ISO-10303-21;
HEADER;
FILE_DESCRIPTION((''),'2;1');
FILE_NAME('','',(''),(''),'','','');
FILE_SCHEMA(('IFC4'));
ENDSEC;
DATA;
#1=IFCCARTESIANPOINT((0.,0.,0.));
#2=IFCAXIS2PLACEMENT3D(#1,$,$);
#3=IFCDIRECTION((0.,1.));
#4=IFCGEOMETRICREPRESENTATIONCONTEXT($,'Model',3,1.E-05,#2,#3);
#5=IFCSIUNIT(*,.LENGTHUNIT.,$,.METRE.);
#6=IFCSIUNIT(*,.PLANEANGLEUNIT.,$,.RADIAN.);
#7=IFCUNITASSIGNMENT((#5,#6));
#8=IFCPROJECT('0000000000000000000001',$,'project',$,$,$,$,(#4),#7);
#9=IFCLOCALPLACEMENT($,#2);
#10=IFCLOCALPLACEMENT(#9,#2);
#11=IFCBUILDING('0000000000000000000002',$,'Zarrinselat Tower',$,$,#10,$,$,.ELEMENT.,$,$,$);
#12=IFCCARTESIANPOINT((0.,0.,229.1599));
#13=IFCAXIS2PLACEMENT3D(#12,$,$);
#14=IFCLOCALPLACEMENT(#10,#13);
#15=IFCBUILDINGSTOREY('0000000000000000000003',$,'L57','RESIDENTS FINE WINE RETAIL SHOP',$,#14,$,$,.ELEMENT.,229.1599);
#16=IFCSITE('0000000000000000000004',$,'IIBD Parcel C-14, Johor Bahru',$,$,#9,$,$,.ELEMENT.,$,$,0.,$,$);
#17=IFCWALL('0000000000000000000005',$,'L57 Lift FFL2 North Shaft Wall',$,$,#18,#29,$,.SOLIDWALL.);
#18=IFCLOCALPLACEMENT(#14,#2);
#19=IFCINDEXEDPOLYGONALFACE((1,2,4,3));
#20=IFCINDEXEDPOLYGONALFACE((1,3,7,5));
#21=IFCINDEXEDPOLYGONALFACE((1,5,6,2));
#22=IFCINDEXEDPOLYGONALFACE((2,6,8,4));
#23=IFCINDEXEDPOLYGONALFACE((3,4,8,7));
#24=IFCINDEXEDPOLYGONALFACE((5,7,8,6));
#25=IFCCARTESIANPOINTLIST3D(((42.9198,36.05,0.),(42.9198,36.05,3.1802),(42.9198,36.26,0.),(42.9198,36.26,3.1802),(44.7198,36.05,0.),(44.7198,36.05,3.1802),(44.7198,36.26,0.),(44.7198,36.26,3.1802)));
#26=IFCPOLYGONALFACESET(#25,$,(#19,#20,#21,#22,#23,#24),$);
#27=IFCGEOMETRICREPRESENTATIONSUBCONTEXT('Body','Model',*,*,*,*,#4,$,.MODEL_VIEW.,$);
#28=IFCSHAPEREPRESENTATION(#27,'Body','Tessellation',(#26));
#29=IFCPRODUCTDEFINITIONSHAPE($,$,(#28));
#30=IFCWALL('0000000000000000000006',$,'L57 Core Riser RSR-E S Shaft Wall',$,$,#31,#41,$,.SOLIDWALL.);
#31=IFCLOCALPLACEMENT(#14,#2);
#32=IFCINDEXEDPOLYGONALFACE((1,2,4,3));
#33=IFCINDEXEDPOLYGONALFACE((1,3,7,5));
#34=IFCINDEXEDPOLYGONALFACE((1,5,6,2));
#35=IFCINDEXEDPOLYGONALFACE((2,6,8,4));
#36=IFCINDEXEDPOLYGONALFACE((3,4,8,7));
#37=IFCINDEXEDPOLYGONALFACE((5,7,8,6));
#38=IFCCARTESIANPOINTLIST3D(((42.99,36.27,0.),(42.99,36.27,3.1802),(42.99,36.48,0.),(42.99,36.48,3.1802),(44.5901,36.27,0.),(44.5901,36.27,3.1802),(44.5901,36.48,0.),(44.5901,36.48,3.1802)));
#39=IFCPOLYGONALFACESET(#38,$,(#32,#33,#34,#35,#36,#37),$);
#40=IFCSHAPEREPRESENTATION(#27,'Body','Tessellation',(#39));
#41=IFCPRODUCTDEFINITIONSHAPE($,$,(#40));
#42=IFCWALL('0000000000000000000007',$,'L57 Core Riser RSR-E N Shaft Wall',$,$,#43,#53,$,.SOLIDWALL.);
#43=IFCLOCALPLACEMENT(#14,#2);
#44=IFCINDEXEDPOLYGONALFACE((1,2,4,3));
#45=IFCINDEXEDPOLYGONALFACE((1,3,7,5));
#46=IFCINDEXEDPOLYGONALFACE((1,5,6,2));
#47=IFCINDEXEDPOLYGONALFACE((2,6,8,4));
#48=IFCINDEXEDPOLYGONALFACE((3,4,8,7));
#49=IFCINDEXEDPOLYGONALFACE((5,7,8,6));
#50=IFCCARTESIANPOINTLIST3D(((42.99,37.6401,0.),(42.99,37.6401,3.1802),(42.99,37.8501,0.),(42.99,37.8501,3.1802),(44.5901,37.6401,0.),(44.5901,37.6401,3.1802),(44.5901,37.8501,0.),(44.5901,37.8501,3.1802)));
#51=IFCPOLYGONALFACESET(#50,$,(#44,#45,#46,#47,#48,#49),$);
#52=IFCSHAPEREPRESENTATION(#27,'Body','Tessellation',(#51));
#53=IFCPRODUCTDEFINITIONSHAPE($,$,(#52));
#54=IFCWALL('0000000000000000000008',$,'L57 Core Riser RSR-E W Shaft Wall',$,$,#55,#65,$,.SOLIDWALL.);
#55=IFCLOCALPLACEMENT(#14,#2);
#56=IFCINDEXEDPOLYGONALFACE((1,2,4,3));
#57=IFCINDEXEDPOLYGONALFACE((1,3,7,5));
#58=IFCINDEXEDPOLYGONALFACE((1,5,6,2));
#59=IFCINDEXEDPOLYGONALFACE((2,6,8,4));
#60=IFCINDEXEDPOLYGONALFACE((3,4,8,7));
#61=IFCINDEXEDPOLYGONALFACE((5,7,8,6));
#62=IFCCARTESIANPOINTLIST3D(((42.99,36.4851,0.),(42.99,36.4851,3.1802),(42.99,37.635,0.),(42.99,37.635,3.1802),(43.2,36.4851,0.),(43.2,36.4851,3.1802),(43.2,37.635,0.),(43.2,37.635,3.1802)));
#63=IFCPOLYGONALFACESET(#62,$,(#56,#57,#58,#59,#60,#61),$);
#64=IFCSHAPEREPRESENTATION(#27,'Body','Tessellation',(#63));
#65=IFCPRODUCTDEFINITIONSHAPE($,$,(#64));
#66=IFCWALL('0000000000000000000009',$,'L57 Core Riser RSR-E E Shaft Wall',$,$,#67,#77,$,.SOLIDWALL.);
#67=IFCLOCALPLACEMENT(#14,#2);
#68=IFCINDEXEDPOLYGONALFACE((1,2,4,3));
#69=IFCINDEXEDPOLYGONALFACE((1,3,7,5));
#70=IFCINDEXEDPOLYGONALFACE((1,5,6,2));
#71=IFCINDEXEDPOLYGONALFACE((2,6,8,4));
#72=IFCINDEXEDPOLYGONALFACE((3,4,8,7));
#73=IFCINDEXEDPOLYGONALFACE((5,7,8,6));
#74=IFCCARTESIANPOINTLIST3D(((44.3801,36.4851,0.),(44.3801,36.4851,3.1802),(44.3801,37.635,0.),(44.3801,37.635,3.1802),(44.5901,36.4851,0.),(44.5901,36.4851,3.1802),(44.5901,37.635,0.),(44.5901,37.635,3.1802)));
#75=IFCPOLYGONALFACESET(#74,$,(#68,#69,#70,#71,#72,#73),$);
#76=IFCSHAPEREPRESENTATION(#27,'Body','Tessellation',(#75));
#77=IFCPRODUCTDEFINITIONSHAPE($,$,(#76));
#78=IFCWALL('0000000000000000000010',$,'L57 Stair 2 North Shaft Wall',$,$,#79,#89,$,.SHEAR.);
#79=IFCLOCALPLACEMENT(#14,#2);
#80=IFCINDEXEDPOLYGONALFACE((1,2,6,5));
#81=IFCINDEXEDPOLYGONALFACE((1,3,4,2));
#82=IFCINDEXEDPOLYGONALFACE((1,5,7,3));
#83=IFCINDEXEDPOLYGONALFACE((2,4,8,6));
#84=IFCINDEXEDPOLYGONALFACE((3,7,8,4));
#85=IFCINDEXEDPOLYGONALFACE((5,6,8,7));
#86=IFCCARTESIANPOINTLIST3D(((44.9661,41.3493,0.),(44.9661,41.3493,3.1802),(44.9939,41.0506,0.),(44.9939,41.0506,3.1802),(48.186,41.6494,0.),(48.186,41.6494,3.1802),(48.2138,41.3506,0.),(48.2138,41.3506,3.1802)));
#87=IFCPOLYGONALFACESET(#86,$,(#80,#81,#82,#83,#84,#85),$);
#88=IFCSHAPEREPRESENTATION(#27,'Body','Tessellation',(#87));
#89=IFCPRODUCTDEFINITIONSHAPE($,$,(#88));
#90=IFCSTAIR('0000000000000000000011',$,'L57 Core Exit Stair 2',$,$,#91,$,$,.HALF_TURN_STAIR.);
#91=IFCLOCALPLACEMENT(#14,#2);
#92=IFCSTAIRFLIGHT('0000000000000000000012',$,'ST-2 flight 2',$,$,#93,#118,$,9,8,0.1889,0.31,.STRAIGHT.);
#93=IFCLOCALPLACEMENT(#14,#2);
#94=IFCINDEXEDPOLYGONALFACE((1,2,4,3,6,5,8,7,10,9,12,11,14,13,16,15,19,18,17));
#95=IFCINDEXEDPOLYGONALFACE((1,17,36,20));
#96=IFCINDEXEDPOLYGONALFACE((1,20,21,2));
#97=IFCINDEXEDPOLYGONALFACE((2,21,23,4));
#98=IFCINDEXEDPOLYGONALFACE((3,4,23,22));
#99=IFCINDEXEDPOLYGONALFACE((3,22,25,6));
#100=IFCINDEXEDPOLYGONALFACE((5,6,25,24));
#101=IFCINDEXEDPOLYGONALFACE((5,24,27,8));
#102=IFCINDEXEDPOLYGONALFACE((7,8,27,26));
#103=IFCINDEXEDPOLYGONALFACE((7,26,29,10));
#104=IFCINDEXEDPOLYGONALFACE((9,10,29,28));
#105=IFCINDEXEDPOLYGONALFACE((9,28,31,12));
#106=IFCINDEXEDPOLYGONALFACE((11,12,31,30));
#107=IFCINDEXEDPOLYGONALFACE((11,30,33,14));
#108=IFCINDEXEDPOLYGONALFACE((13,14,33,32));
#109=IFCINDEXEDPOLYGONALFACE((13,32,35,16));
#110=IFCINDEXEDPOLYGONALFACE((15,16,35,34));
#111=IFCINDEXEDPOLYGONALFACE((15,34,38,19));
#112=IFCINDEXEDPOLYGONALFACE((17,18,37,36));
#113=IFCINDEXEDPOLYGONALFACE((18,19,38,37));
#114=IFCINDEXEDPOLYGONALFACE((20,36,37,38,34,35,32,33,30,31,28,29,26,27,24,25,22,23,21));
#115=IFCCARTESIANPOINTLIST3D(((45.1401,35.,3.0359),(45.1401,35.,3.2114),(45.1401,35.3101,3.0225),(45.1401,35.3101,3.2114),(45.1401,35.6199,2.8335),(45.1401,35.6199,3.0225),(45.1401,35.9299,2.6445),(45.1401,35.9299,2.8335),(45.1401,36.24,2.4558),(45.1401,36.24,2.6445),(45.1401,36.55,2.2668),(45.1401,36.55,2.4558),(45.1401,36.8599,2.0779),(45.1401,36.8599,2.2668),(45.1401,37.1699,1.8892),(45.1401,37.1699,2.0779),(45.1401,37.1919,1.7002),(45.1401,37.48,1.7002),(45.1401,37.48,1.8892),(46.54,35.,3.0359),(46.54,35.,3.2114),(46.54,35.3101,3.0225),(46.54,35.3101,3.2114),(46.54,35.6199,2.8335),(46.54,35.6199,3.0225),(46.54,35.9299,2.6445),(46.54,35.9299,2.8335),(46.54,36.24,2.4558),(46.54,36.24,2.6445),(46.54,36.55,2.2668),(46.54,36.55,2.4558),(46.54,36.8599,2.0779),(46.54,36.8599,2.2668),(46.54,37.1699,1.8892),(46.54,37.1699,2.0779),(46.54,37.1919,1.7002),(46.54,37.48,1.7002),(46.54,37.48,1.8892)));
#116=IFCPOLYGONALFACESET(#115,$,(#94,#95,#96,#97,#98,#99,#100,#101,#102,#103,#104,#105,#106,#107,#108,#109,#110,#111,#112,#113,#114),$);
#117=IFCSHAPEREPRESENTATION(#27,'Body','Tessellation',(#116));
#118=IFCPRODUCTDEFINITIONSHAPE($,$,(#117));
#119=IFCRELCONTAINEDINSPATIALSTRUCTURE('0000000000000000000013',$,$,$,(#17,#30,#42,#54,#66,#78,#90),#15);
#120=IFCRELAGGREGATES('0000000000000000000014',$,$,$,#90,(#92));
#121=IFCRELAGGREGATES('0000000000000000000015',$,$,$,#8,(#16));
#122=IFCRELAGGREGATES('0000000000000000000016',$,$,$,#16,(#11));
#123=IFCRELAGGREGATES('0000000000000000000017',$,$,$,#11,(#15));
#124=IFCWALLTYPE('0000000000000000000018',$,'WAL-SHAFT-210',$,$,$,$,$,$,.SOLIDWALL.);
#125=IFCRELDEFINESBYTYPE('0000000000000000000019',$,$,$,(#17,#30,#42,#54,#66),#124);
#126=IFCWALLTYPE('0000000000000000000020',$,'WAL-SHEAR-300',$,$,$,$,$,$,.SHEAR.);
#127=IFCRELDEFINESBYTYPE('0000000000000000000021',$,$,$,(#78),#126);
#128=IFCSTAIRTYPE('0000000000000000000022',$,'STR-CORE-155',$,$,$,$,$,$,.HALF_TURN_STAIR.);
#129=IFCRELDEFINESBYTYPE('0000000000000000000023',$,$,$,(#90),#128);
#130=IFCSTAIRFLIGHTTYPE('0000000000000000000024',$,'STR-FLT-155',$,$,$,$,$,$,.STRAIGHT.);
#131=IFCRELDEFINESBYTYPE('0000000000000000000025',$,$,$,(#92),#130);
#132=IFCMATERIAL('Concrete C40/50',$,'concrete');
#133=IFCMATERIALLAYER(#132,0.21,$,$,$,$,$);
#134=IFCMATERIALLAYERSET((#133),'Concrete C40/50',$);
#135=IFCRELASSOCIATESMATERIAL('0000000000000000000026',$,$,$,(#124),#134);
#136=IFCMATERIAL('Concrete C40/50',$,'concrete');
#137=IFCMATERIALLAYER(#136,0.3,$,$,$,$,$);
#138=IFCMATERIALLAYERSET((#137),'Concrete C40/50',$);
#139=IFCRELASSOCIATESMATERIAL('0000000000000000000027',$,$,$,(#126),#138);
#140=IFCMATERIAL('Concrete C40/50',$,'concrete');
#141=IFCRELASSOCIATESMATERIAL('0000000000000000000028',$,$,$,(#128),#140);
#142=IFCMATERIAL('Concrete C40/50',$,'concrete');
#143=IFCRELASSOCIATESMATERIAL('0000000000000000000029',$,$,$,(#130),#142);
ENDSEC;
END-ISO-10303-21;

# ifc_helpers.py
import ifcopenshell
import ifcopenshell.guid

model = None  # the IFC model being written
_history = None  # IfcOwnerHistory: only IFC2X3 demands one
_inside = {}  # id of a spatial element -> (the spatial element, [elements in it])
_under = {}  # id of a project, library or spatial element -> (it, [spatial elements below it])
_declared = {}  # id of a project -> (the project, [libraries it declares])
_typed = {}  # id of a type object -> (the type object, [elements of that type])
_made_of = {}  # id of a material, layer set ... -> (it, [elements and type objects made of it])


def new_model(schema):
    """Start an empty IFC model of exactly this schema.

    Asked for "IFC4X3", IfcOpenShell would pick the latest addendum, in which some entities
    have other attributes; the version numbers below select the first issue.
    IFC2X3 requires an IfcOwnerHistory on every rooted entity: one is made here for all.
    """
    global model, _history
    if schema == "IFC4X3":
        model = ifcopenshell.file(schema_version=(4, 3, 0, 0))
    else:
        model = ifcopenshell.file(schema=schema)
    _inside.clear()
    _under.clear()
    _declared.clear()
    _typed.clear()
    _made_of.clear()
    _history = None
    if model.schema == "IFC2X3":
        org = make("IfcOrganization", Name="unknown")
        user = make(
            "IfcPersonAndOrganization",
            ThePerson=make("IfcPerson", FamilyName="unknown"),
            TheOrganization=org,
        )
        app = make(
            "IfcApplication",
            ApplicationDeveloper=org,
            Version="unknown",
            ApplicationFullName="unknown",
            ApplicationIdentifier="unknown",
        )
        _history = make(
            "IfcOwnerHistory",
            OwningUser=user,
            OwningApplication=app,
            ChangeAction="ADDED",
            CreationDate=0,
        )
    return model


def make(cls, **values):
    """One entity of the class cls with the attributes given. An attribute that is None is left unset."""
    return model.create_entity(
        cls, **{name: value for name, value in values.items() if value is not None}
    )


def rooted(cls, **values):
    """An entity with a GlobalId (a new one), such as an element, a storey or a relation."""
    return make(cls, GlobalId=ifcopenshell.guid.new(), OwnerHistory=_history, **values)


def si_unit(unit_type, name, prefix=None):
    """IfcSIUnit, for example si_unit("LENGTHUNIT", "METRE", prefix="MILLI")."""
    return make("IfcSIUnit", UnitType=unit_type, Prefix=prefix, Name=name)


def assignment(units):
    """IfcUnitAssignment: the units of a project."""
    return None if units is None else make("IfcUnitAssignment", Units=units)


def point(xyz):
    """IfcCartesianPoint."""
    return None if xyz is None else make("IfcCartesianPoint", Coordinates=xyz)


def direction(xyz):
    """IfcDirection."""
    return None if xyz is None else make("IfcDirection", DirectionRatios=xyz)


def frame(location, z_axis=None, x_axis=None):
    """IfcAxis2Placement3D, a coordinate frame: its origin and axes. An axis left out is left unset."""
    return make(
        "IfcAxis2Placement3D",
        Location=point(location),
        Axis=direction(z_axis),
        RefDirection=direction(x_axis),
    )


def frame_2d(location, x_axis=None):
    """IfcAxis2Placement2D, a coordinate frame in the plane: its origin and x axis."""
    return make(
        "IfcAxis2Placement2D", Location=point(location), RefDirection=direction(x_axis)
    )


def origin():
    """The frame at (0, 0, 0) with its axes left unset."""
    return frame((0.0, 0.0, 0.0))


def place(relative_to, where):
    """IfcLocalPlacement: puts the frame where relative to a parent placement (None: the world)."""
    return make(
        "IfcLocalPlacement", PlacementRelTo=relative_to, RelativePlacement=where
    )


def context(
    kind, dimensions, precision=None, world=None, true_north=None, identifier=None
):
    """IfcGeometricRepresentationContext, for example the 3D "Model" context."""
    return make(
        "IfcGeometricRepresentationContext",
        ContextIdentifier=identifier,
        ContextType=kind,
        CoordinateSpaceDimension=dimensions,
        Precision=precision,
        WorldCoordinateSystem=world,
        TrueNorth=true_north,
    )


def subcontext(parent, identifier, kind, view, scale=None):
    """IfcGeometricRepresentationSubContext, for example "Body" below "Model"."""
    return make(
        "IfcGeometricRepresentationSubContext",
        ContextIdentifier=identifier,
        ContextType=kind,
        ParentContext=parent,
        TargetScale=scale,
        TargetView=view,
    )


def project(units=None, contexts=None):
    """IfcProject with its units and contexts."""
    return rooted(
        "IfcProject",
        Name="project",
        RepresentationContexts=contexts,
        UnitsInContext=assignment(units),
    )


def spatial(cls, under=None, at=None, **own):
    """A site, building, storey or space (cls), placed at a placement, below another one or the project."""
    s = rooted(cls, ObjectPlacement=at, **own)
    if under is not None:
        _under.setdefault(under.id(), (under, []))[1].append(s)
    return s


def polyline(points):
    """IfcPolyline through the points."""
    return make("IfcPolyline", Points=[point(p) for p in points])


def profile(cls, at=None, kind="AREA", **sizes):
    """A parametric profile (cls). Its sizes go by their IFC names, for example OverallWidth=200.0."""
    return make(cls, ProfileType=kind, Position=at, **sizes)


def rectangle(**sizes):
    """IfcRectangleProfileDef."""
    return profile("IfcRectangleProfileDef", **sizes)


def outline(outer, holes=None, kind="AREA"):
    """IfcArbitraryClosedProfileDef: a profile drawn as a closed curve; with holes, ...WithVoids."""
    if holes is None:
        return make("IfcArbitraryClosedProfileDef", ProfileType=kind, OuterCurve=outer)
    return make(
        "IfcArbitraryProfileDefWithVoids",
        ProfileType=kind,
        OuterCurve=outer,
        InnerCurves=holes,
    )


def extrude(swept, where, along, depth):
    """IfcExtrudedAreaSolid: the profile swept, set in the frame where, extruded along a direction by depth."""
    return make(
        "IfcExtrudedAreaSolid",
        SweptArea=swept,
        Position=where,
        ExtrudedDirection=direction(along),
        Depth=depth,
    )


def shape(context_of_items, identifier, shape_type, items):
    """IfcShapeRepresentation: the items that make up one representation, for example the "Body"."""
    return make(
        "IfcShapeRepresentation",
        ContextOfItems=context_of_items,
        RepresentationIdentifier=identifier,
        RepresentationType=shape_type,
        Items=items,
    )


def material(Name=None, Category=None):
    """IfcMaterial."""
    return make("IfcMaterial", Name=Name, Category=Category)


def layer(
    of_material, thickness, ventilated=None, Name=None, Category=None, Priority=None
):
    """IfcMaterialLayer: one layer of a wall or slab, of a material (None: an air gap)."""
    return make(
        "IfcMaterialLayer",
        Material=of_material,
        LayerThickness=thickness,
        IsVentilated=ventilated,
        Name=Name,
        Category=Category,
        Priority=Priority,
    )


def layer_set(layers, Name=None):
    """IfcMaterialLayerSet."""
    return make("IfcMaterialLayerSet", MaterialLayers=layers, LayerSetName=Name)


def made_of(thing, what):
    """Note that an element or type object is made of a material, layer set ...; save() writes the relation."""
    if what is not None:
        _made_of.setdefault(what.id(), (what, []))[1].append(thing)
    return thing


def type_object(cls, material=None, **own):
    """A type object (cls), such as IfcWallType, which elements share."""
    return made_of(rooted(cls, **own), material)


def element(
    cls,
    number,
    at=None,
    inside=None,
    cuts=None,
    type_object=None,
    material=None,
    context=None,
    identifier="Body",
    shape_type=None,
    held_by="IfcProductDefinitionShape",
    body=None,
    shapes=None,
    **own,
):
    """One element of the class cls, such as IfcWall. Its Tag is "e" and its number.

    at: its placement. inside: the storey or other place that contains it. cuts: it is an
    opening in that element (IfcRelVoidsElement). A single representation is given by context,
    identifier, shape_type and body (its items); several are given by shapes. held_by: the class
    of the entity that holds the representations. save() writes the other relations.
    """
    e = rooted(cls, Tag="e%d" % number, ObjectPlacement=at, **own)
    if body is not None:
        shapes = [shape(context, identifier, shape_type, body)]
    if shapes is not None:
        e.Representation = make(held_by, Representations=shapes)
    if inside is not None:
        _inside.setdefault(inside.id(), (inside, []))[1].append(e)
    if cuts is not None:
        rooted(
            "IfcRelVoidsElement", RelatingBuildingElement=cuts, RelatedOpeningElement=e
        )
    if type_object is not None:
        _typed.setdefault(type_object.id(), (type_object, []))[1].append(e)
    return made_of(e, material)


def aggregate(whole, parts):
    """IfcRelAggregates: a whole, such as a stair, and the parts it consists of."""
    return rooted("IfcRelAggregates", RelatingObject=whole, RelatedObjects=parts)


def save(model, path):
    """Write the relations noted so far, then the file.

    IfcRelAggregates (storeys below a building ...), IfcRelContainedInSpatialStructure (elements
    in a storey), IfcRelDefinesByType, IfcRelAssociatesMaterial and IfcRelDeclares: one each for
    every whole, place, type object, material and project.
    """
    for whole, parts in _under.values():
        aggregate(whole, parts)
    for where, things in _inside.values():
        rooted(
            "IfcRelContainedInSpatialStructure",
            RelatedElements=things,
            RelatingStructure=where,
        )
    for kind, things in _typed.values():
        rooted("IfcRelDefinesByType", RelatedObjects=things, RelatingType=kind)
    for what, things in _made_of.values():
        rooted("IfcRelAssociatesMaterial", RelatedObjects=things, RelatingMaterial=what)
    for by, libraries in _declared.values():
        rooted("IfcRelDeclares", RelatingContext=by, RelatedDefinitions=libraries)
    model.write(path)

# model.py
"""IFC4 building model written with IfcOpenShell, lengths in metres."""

from ifc_helpers import new_model, si_unit, direction, frame, frame_2d, origin, place, context, subcontext, project, spatial, polyline, rectangle, outline, extrude, material, layer, layer_set, type_object, element, aggregate, save


model = new_model("IFC4")

# Units and contexts
model_context = context("Model", 3, precision=1e-05, world=origin(), true_north=direction((0.0, 1.0)))
body_context = subcontext(model_context, "Body", "Model", "MODEL_VIEW")
ifc_project = project(units=[si_unit("LENGTHUNIT", "METRE"), si_unit("PLANEANGLEUNIT", "RADIAN")], contexts=[model_context])

# Site, building, storey
site_placement = place(None, origin())
site = spatial("IfcSite", under=ifc_project, at=site_placement, Name="IIBD Parcel C-14, Johor Bahru", CompositionType="ELEMENT", RefElevation=0.0)
building_placement = place(site_placement, origin())
building = spatial("IfcBuilding", under=site, at=building_placement, Name="Zarrinselat Tower", CompositionType="ELEMENT")
storey_placement = place(building_placement, frame((0.0, 0.0, 229.1599)))
storey = spatial("IfcBuildingStorey", under=building, at=storey_placement, Name="L57", Description="RESIDENTS FINE WINE RETAIL SHOP", CompositionType="ELEMENT", Elevation=229.1599)

# Walls
ifc_material_1 = material(Name="Concrete C40/50", Category="concrete")
ifc_layer_1 = layer(ifc_material_1, 0.21)
ifc_layer_set_1 = layer_set([ifc_layer_1], Name="Concrete C40/50")
wall_type_1 = type_object("IfcWallType", Name="WAL-SHAFT-210", PredefinedType="SOLIDWALL", material=ifc_layer_set_1)
wall_1_placement = place(storey_placement, frame((42.9199, 36.155, 0.0), z_axis=(0.0, 0.0, 1.0), x_axis=(1.0, 0.0, 0.0)))
element("IfcWall", 1, at=wall_1_placement, inside=storey, type_object=wall_type_1, Name="L57 Lift FFL2 North Shaft Wall", PredefinedType="SOLIDWALL", context=body_context, shape_type="SweptSolid", body=[
    extrude(rectangle(XDim=1.8, YDim=0.21, at=frame_2d((0.8999, 0.0))), origin(), (0.0, 0.0, 1.0), 3.1802),
])
for number, where, z_axis, x_axis, name in (
    (2, (42.99, 36.375, 0.0), (0.0, 0.0, 1.0), (1.0, 0.0, 0.0), "L57 Core Riser RSR-E S Shaft Wall"),
    (3, (42.99, 37.7451, 0.0), (0.0, 0.0, 1.0), (1.0, 0.0, 0.0), "L57 Core Riser RSR-E N Shaft Wall"),
):
    element("IfcWall", number, at=place(storey_placement, frame(where, z_axis=z_axis, x_axis=x_axis)), inside=storey, type_object=wall_type_1, Name=name, PredefinedType="SOLIDWALL", context=body_context, shape_type="SweptSolid", body=[
        extrude(rectangle(XDim=1.6001, YDim=0.21, at=frame_2d((0.8, 0.0))), origin(), (0.0, 0.0, 1.0), 3.1802),
    ])
for number, where, z_axis, x_axis, name in (
    (4, (43.095, 36.4851, 0.0), (0.0, 0.0, 1.0), (0.0, 1.0, 0.0), "L57 Core Riser RSR-E W Shaft Wall"),
    (5, (44.4851, 36.4851, 0.0), (0.0, 0.0, 1.0), (0.0, 1.0, 0.0), "L57 Core Riser RSR-E E Shaft Wall"),
):
    element("IfcWall", number, at=place(storey_placement, frame(where, z_axis=z_axis, x_axis=x_axis)), inside=storey, type_object=wall_type_1, Name=name, PredefinedType="SOLIDWALL", context=body_context, shape_type="SweptSolid", body=[
        extrude(rectangle(XDim=1.1499, YDim=0.21, at=frame_2d((0.575, 0.0))), origin(), (0.0, 0.0, 1.0), 3.1802),
    ])
ifc_material_2 = material(Name="Concrete C40/50", Category="concrete")
ifc_layer_2 = layer(ifc_material_2, 0.3)
ifc_layer_set_2 = layer_set([ifc_layer_2], Name="Concrete C40/50")
wall_type_2 = type_object("IfcWallType", Name="WAL-SHEAR-300", PredefinedType="SHEAR", material=ifc_layer_set_2)
wall_2_placement = place(storey_placement, frame((44.98, 41.2, 0.0), z_axis=(0.0, 0.0, 1.0), x_axis=(0.995686, 0.092782, 0.0)))
element("IfcWall", 6, at=wall_2_placement, inside=storey, type_object=wall_type_2, Name="L57 Stair 2 North Shaft Wall", PredefinedType="SHEAR", context=body_context, shape_type="SweptSolid", body=[
    extrude(rectangle(XDim=3.2339, YDim=0.3, at=frame_2d((1.6169, 0.0))), origin(), (0.0, 0.0, 1.0), 3.1802),
])

# Stair, stair flight
ifc_material_3 = material(Name="Concrete C40/50", Category="concrete")
stair_type = type_object("IfcStairType", Name="STR-CORE-155", PredefinedType="HALF_TURN_STAIR", material=ifc_material_3)
stair_placement = place(storey_placement, origin())
stair = element("IfcStair", 7, at=stair_placement, inside=storey, type_object=stair_type, Name="L57 Core Exit Stair 2", PredefinedType="HALF_TURN_STAIR")
ifc_material_4 = material(Name="Concrete C40/50", Category="concrete")
stair_flight_type = type_object("IfcStairFlightType", Name="STR-FLT-155", PredefinedType="STRAIGHT", material=ifc_material_4)
stair_flight_placement = place(storey_placement, frame((45.8401, 37.48, 1.7002), z_axis=(0.0, 0.0, 1.0), x_axis=(0.0, -1.0, 0.0)))
stair_flight = element("IfcStairFlight", 8, at=stair_flight_placement, type_object=stair_flight_type, Name="ST-2 flight 2", NumberOfRisers=9, NumberOfTreads=8, PredefinedType="STRAIGHT", RiserHeight=0.1889, TreadLength=0.31, context=body_context, shape_type="SweptSolid", body=[
    extrude(outline(polyline([(0.0, 0.0), (0.0, 0.189), (0.3101, 0.189), (0.3101, 0.3777), (0.6201, 0.3777), (0.6201, 0.5667), (0.9299, 0.5667), (0.9299, 0.7556), (1.24, 0.7556), (1.24, 0.9443), (1.55, 0.9443), (1.55, 1.1333), (1.8601, 1.1333), (1.8601, 1.3223), (2.1699, 1.3223), (2.1699, 1.5112), (2.48, 1.5112), (2.48, 1.7), (2.48, 1.3357), (0.2881, 0.0), (0.0, 0.0)])), frame((0.0, 0.7, 0.0), z_axis=(0.0, -1.0, 0.0), x_axis=(1.0, 0.0, 0.0)), (0.0, 0.0, 1.0), 1.3999),
])
aggregate(stair, [stair_flight])

save(model, "model.ifc")
